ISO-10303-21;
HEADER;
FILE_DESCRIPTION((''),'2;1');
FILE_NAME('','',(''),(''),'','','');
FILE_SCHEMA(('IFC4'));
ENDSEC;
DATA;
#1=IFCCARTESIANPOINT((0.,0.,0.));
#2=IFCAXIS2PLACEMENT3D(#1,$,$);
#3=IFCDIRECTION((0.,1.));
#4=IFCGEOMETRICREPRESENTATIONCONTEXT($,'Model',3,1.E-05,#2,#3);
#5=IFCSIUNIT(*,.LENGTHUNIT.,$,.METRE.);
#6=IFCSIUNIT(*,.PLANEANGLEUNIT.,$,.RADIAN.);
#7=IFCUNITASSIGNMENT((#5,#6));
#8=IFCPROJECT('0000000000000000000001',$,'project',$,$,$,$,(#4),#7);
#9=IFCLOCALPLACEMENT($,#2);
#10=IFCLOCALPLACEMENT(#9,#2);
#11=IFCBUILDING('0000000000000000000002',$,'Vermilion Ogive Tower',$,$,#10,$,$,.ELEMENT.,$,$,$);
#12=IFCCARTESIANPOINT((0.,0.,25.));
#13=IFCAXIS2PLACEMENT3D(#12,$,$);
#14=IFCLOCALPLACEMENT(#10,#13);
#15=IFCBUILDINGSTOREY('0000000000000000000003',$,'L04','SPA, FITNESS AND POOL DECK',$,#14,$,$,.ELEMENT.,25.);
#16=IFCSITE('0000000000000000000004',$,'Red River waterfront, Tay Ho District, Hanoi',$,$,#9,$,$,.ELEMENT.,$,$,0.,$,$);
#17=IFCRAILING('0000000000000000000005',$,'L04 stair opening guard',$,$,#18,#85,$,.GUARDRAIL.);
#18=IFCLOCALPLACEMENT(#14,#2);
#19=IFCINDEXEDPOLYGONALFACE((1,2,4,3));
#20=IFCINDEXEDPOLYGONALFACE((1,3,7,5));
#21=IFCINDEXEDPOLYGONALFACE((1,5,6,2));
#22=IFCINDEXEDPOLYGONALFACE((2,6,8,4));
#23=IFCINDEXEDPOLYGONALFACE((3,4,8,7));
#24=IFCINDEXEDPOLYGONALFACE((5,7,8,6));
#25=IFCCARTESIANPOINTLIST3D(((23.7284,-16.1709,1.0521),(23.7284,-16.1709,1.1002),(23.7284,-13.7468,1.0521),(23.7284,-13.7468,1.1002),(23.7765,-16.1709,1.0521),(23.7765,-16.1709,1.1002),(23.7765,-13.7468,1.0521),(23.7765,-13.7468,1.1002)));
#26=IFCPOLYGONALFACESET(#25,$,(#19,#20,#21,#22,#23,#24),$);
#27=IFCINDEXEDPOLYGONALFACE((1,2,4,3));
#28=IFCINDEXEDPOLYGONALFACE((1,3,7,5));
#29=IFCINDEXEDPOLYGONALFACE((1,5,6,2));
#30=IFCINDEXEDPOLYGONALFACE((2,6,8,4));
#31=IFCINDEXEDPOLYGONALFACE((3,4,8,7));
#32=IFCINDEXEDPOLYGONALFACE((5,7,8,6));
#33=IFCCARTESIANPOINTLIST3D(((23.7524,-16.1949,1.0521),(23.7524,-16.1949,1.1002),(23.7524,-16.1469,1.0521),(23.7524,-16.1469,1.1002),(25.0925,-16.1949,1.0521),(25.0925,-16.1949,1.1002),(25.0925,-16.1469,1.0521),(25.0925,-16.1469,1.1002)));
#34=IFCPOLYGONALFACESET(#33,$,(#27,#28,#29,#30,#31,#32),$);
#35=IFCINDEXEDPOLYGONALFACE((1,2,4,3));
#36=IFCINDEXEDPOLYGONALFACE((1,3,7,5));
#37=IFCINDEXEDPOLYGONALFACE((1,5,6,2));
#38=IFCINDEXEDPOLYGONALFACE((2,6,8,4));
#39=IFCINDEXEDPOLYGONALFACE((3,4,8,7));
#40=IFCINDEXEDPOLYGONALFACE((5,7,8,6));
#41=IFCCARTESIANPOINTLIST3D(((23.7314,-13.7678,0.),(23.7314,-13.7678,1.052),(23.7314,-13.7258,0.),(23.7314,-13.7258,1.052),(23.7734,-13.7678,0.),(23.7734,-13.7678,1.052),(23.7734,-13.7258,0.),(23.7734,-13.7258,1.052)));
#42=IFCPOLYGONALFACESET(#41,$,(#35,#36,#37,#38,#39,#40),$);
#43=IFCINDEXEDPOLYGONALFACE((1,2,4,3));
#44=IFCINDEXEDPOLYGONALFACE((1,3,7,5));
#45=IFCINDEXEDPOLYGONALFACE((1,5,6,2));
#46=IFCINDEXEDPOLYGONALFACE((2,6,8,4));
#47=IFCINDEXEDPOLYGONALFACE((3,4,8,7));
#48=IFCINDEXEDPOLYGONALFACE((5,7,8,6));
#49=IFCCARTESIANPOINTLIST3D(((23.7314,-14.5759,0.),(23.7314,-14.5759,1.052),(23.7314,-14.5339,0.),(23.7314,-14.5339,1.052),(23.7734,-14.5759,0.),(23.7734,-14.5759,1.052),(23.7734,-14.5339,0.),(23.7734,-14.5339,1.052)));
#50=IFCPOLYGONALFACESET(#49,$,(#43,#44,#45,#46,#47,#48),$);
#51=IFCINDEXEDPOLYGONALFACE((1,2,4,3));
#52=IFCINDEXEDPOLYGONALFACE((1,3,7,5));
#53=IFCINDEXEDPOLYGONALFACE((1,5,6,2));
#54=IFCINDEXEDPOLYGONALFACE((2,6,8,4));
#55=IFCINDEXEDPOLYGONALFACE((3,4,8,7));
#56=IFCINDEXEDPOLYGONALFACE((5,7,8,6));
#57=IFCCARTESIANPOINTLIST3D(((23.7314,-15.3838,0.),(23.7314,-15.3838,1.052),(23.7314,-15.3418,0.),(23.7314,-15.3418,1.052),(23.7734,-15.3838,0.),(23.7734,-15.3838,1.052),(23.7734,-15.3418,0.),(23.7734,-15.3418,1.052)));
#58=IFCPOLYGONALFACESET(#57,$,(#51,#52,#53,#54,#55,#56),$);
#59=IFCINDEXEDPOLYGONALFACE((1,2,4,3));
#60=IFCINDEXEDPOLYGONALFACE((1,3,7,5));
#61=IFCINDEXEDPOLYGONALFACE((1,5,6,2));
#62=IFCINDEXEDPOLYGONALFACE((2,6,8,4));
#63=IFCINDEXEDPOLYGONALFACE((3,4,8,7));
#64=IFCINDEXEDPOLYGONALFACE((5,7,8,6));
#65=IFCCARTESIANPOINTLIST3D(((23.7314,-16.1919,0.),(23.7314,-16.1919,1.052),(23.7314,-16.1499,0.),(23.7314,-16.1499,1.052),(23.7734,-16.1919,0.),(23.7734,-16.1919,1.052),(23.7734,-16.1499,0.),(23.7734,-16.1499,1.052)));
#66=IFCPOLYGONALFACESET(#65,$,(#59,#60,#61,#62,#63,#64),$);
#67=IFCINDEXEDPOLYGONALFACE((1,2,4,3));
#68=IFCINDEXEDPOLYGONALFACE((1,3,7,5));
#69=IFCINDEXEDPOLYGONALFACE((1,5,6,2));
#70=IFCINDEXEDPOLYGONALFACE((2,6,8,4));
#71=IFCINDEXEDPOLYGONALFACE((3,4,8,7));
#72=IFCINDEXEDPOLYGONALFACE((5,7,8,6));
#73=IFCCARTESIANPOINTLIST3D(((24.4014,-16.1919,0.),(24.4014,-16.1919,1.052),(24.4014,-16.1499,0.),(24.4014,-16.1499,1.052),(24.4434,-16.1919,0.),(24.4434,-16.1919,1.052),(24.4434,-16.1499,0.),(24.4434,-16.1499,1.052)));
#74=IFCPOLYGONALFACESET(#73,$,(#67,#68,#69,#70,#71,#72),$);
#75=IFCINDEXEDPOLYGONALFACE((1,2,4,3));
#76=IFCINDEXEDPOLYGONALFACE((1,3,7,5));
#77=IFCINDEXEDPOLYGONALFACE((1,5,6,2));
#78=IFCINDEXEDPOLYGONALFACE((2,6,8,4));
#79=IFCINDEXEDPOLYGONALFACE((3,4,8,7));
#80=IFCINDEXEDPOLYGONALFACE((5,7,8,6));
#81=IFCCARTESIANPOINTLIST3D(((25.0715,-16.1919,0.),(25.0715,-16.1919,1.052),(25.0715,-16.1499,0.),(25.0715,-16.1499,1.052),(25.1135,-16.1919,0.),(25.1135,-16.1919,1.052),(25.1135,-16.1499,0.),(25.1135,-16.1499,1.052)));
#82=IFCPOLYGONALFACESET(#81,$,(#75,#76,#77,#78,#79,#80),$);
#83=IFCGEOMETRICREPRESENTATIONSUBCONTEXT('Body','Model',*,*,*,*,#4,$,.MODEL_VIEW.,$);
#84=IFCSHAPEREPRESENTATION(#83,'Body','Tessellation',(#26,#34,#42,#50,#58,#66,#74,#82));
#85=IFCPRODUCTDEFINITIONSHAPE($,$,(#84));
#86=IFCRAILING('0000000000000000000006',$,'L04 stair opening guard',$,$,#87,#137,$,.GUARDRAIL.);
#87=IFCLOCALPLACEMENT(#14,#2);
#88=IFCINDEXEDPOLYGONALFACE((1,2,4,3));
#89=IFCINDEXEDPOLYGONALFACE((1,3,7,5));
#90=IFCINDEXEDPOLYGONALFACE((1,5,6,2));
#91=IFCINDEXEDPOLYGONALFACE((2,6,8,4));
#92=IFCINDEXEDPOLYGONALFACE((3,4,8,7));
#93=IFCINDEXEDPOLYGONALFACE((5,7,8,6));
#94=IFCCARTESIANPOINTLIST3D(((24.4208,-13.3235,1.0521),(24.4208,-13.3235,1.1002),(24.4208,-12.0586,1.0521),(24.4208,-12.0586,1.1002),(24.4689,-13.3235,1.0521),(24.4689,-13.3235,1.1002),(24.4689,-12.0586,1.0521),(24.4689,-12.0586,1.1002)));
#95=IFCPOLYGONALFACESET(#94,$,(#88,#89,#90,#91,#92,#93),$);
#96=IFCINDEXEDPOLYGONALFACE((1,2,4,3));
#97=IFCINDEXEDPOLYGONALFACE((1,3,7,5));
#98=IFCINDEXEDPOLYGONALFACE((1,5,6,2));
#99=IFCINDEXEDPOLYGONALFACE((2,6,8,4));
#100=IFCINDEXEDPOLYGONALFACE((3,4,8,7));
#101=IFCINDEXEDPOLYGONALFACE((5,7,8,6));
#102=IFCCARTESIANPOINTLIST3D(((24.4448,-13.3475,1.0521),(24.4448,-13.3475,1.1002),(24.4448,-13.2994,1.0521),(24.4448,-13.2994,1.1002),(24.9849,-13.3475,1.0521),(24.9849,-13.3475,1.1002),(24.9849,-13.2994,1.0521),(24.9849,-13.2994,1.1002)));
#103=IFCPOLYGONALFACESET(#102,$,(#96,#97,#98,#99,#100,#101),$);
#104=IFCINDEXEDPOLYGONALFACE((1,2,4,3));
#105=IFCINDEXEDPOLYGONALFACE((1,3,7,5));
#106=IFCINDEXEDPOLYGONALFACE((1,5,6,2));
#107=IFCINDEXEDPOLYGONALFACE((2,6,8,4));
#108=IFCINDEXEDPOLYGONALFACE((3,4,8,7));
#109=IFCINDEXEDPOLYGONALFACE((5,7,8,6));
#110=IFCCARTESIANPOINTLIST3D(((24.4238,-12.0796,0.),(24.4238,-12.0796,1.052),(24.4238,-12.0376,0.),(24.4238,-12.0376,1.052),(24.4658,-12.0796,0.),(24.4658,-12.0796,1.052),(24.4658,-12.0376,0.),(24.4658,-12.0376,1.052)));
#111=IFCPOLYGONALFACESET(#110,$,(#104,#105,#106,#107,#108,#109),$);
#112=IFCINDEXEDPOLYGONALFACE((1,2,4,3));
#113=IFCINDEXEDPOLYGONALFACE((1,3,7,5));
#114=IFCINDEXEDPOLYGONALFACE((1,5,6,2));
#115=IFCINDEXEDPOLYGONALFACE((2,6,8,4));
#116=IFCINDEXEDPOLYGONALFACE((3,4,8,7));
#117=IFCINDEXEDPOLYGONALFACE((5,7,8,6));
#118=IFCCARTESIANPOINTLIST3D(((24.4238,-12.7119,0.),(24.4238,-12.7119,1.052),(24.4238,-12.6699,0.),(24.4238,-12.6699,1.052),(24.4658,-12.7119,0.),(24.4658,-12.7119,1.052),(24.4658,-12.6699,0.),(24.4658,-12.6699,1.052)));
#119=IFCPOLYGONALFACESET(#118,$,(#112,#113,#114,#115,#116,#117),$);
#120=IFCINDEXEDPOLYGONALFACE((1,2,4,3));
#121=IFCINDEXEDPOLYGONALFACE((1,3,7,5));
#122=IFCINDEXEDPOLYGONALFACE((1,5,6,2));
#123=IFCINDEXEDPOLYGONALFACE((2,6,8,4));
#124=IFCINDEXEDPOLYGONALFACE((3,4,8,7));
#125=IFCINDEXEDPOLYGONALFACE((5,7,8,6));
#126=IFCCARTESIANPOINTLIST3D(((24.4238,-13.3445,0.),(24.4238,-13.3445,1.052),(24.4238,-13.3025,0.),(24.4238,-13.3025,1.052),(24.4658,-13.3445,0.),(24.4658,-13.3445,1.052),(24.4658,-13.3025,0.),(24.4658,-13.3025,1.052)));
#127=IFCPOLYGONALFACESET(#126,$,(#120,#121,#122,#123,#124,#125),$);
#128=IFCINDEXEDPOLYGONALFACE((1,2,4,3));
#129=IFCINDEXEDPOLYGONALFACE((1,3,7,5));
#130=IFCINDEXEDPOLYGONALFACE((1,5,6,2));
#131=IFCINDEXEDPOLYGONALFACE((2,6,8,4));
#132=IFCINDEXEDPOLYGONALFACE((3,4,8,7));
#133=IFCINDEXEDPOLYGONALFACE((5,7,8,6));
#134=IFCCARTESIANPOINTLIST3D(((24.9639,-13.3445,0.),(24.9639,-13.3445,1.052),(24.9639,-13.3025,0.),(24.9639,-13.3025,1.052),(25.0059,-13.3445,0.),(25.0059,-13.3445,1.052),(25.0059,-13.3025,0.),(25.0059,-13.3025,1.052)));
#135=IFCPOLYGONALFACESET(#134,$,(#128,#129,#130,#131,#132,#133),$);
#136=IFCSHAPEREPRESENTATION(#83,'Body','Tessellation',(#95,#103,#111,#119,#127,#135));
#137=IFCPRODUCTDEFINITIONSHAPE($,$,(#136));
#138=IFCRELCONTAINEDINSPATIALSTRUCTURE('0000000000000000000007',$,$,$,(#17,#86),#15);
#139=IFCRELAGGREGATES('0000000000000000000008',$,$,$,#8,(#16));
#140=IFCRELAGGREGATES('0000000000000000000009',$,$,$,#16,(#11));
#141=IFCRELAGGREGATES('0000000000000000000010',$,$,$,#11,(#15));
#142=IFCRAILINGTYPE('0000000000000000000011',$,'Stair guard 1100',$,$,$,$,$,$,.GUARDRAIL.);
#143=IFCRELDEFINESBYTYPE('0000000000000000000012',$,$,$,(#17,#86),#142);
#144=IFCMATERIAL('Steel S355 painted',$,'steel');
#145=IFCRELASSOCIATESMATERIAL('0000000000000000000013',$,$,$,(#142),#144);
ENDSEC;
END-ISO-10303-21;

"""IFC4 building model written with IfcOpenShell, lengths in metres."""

from ifc_helpers import new_model, si_unit, direction, frame, origin, origin_2d, place, context, subcontext, project, spatial, rectangle, extrude, material, type_object, element, save


model = new_model("IFC4")

# Units and contexts
model_context = context("Model", 3, precision=1e-05, world=origin(), true_north=direction((0.0, 1.0)))
body_context = subcontext(model_context, "Body", "Model", "MODEL_VIEW")
ifc_project = project(units=[si_unit("LENGTHUNIT", "METRE"), si_unit("PLANEANGLEUNIT", "RADIAN")], contexts=[model_context])

# Site, building, storey
site_placement = place(None, origin())
site = spatial("IfcSite", under=ifc_project, at=site_placement, Name="Red River waterfront, Tay Ho District, Hanoi", CompositionType="ELEMENT", RefElevation=0.0)
building_placement = place(site_placement, origin())
building = spatial("IfcBuilding", under=site, at=building_placement, Name="Vermilion Ogive Tower", CompositionType="ELEMENT")
storey_placement = place(building_placement, frame((0.0, 0.0, 25.0)))
storey = spatial("IfcBuildingStorey", under=building, at=storey_placement, Name="L04", Description="SPA, FITNESS AND POOL DECK", CompositionType="ELEMENT", Elevation=25.0)

# Railings
ifc_material_1 = material(Name="Steel S355 painted", Category="steel")
railing_type = type_object("IfcRailingType", Name="Stair guard 1100", PredefinedType="GUARDRAIL", material=ifc_material_1)
railing_1_placement = place(storey_placement, frame((23.7524, -13.7468, 0.0)))
element("IfcRailing", 1, at=railing_1_placement, inside=storey, type_object=railing_type, Name="L04 stair opening guard", PredefinedType="GUARDRAIL", context=body_context, shape_type="SweptSolid", body=[
    extrude(rectangle(XDim=0.0481, YDim=0.0481, at=origin_2d()), frame((0.0, 0.0, 1.0762), z_axis=(0.0, -1.0, 0.0), x_axis=(1.0, 0.0, 0.0)), (0.0, 0.0, 1.0), 2.4241),
    extrude(rectangle(XDim=0.0481, YDim=0.0481, at=origin_2d()), frame((0.0, -2.4241, 1.0762), z_axis=(1.0, 0.0, 0.0), x_axis=(0.0, 1.0, 0.0)), (0.0, 0.0, 1.0), 1.3401),
    extrude(rectangle(XDim=0.042, YDim=0.042, at=origin_2d()), origin(), (0.0, 0.0, 1.0), 1.052),
    extrude(rectangle(XDim=0.042, YDim=0.042, at=origin_2d()), frame((0.0, -0.8081, 0.0)), (0.0, 0.0, 1.0), 1.052),
    extrude(rectangle(XDim=0.042, YDim=0.042, at=origin_2d()), frame((0.0, -1.616, 0.0)), (0.0, 0.0, 1.0), 1.052),
    extrude(rectangle(XDim=0.042, YDim=0.042, at=origin_2d()), frame((0.0, -2.4241, 0.0)), (0.0, 0.0, 1.0), 1.052),
    extrude(rectangle(XDim=0.042, YDim=0.042, at=origin_2d()), frame((0.6699, -2.4241, 0.0)), (0.0, 0.0, 1.0), 1.052),
    extrude(rectangle(XDim=0.042, YDim=0.042, at=origin_2d()), frame((1.3401, -2.4241, 0.0)), (0.0, 0.0, 1.0), 1.052),
])
railing_2_placement = place(storey_placement, frame((24.4448, -12.0586, 0.0)))
element("IfcRailing", 2, at=railing_2_placement, inside=storey, type_object=railing_type, Name="L04 stair opening guard", PredefinedType="GUARDRAIL", context=body_context, shape_type="SweptSolid", body=[
    extrude(rectangle(XDim=0.0481, YDim=0.0481, at=origin_2d()), frame((0.0, 0.0, 1.0762), z_axis=(0.0, -1.0, 0.0), x_axis=(1.0, 0.0, 0.0)), (0.0, 0.0, 1.0), 1.2649),
    extrude(rectangle(XDim=0.0481, YDim=0.0481, at=origin_2d()), frame((0.0, -1.2649, 1.0762), z_axis=(1.0, 0.0, 0.0), x_axis=(0.0, 1.0, 0.0)), (0.0, 0.0, 1.0), 0.54),
    extrude(rectangle(XDim=0.042, YDim=0.042, at=origin_2d()), origin(), (0.0, 0.0, 1.0), 1.052),
    extrude(rectangle(XDim=0.042, YDim=0.042, at=origin_2d()), frame((0.0, -0.6323, 0.0)), (0.0, 0.0, 1.0), 1.052),
    extrude(rectangle(XDim=0.042, YDim=0.042, at=origin_2d()), frame((0.0, -1.2649, 0.0)), (0.0, 0.0, 1.0), 1.052),
    extrude(rectangle(XDim=0.042, YDim=0.042, at=origin_2d()), frame((0.54, -1.2649, 0.0)), (0.0, 0.0, 1.0), 1.052),
])

save(model, "model.ifc")
